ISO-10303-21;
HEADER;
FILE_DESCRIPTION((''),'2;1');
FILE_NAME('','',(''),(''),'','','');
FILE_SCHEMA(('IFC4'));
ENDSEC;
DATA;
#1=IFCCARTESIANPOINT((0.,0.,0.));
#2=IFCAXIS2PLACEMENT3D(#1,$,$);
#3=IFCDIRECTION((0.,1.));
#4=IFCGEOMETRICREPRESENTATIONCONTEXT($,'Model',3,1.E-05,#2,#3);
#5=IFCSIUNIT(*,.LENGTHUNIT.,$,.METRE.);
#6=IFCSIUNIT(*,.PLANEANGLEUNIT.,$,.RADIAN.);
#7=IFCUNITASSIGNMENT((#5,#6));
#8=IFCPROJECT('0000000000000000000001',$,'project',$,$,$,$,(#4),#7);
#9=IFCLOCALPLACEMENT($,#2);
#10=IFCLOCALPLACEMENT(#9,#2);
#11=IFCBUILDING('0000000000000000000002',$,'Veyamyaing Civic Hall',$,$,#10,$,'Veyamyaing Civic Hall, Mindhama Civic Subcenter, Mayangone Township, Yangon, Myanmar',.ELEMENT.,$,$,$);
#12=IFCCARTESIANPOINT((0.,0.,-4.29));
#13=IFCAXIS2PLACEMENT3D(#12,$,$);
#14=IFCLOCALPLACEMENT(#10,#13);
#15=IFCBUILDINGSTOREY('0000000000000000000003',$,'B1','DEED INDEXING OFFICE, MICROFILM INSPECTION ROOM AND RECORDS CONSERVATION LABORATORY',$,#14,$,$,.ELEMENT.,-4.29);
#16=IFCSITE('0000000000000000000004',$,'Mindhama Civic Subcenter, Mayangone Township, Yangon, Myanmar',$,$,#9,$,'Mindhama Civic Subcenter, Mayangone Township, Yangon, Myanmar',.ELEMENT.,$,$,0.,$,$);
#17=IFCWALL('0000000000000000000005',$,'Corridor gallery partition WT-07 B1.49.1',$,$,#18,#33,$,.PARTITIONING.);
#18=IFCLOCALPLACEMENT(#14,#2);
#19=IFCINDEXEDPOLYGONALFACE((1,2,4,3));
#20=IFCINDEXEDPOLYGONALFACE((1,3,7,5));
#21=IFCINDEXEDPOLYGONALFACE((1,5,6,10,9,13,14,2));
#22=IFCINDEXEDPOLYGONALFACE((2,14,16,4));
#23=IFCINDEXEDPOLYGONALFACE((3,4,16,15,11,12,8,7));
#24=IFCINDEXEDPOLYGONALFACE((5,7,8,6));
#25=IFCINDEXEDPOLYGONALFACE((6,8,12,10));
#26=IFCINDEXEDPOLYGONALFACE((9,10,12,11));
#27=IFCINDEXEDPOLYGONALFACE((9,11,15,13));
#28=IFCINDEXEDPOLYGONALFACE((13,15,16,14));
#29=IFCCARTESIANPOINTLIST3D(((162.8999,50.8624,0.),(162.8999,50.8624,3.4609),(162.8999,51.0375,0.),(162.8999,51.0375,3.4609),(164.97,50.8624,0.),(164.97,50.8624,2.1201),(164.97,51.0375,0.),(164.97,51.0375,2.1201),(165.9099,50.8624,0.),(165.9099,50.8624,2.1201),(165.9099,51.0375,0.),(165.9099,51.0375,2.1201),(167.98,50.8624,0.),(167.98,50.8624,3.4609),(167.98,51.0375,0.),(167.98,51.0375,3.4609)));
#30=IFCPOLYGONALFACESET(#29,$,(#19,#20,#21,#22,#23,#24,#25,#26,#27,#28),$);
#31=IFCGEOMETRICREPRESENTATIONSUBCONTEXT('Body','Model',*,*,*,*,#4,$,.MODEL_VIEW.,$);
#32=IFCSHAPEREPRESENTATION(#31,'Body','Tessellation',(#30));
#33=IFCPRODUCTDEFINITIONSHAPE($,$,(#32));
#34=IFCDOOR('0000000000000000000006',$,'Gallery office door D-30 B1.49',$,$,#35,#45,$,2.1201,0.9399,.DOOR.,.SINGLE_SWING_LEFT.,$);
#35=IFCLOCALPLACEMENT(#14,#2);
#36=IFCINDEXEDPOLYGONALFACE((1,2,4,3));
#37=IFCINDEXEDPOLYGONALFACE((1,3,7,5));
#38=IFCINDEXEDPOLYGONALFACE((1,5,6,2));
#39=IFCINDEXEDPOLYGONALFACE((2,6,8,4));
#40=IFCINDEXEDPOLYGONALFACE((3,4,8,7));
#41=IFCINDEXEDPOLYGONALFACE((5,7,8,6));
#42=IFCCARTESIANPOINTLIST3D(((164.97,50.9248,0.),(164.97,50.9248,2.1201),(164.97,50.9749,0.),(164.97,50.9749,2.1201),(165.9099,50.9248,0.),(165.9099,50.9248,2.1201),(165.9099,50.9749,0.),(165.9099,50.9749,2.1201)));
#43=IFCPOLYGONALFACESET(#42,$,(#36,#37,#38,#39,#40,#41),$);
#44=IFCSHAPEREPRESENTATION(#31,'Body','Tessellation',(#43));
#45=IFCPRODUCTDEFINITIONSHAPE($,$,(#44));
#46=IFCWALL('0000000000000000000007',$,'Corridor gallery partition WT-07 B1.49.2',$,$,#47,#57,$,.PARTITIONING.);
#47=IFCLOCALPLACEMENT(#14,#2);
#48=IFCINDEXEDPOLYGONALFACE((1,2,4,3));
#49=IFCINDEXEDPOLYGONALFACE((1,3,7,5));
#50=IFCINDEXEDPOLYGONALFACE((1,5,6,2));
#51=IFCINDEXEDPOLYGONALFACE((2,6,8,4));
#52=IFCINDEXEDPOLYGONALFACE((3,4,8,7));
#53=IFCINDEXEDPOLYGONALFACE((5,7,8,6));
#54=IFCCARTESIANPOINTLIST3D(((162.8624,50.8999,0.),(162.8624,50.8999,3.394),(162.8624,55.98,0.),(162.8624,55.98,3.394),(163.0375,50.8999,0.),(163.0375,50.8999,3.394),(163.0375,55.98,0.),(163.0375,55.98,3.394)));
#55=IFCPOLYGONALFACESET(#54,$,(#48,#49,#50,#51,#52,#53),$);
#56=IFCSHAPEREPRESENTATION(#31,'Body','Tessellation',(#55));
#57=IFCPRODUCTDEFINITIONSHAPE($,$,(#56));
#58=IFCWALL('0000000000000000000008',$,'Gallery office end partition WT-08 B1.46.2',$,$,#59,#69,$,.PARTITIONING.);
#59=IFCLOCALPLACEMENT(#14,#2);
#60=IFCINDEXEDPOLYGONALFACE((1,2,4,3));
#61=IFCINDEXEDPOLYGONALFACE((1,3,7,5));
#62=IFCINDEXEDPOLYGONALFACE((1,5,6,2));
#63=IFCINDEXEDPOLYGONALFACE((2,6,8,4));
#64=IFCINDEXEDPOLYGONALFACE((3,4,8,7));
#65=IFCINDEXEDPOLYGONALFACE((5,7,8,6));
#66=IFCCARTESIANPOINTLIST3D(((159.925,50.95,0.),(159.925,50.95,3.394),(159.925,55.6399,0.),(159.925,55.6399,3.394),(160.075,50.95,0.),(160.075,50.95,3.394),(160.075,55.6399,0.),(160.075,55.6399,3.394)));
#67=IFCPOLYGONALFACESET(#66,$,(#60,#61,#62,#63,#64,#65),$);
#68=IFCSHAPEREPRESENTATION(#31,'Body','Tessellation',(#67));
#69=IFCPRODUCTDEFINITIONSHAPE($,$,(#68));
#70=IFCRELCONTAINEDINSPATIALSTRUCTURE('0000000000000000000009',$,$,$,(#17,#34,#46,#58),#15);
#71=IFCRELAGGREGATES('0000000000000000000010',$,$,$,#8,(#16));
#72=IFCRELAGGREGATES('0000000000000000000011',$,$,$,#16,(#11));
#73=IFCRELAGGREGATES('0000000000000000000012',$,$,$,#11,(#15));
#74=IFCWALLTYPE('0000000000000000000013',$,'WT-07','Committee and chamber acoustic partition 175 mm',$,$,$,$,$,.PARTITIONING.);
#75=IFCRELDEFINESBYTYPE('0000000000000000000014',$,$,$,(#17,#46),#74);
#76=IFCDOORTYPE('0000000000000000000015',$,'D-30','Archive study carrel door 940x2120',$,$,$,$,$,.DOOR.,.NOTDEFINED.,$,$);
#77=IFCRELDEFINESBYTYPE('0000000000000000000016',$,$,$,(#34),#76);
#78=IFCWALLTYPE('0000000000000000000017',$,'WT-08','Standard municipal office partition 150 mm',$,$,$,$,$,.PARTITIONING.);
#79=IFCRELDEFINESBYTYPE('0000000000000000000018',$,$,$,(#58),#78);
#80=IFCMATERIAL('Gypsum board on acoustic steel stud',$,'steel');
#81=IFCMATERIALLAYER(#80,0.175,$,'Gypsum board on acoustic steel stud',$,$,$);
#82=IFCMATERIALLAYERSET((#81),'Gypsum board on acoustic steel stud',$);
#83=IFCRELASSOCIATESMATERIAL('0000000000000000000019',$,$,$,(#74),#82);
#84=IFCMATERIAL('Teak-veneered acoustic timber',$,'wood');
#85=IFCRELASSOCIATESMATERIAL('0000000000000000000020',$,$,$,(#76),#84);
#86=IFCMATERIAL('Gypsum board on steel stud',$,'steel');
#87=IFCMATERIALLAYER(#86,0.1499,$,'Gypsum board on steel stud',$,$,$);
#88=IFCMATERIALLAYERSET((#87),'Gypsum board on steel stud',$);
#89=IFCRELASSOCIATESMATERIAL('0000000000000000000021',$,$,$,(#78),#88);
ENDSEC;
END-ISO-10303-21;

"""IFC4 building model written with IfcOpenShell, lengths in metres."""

from ifc_helpers import new_model, si_unit, direction, frame, frame_2d, origin, place, context, subcontext, project, spatial, rectangle, extrude, material, layer, layer_set, type_object, element, fill, save


model = new_model("IFC4")

# Units and contexts
model_context = context("Model", 3, precision=1e-05, world=origin(), true_north=direction((0.0, 1.0)))
body_context = subcontext(model_context, "Body", "Model", "MODEL_VIEW")
ifc_project = project(units=[si_unit("LENGTHUNIT", "METRE"), si_unit("PLANEANGLEUNIT", "RADIAN")], contexts=[model_context])

# Site, building, storey
site_placement = place(None, origin())
site = spatial("IfcSite", under=ifc_project, at=site_placement, Name="Mindhama Civic Subcenter, Mayangone Township, Yangon, Myanmar", LongName="Mindhama Civic Subcenter, Mayangone Township, Yangon, Myanmar", CompositionType="ELEMENT", RefElevation=0.0)
building_placement = place(site_placement, origin())
building = spatial("IfcBuilding", under=site, at=building_placement, Name="Veyamyaing Civic Hall", LongName="Veyamyaing Civic Hall, Mindhama Civic Subcenter, Mayangone Township, Yangon, Myanmar", CompositionType="ELEMENT")
storey_placement = place(building_placement, frame((0.0, 0.0, -4.29)))
storey = spatial("IfcBuildingStorey", under=building, at=storey_placement, Name="B1", Description="DEED INDEXING OFFICE, MICROFILM INSPECTION ROOM AND RECORDS CONSERVATION LABORATORY", CompositionType="ELEMENT", Elevation=-4.29)

# Wall, opening, door
ifc_material_1 = material(Name="Teak-veneered acoustic timber", Category="wood")
ifc_material_2 = material(Name="Gypsum board on acoustic steel stud", Category="steel")
ifc_layer_1 = layer(ifc_material_2, 0.175, Name="Gypsum board on acoustic steel stud")
ifc_layer_set_1 = layer_set([ifc_layer_1], Name="Gypsum board on acoustic steel stud")
wall_type_1 = type_object("IfcWallType", Name="WT-07", Description="Committee and chamber acoustic partition 175 mm", PredefinedType="PARTITIONING", material=ifc_layer_set_1)
wall_1_placement = place(storey_placement, frame((162.8999, 50.95, 0.0), z_axis=(0.0, 0.0, 1.0), x_axis=(1.0, 0.0, 0.0)))
wall_1 = element("IfcWall", 1, at=wall_1_placement, inside=storey, type_object=wall_type_1, Name="Corridor gallery partition WT-07 B1.49.1", PredefinedType="PARTITIONING", context=body_context, shape_type="SweptSolid", body=[
    extrude(rectangle(XDim=5.0801, YDim=0.175, at=frame_2d((2.54, 0.0))), origin(), (0.0, 0.0, 1.0), 3.4609),
])
opening_1_placement = place(wall_1_placement, frame((2.0701, 0.0, 0.0)))
opening_1 = element("IfcOpeningElement", 2, at=opening_1_placement, cuts=wall_1, PredefinedType="OPENING", context=body_context, shape_type="SweptSolid", body=[
    extrude(rectangle(XDim=0.9399, YDim=2.1201, at=frame_2d((0.47, 1.0601))), frame((0.0, 0.0974, 0.0), z_axis=(0.0, -1.0, 0.0), x_axis=(1.0, 0.0, 0.0)), (0.0, 0.0, 1.0), 0.1951),
])
door_type_1 = type_object("IfcDoorType", Name="D-30", Description="Archive study carrel door 940x2120", OperationType="NOTDEFINED", PredefinedType="DOOR", material=ifc_material_1)
door_1_placement = place(opening_1_placement, origin())
door_1 = element("IfcDoor", 3, at=door_1_placement, inside=storey, type_object=door_type_1, Name="Gallery office door D-30 B1.49", OperationType="SINGLE_SWING_LEFT", OverallHeight=2.1201, OverallWidth=0.9399, PredefinedType="DOOR", context=body_context, shape_type="SweptSolid", body=[
    extrude(rectangle(XDim=0.9399, YDim=2.1201, at=frame_2d((0.47, 1.0601))), frame((0.0, 0.0249, 0.0), z_axis=(0.0, -1.0, 0.0), x_axis=(1.0, 0.0, 0.0)), (0.0, 0.0, 1.0), 0.05),
])
fill(opening_1, door_1)

# Walls
wall_2_placement = place(storey_placement, frame((162.95, 50.8999, 0.0), z_axis=(0.0, 0.0, 1.0), x_axis=(0.0, 1.0, 0.0)))
element("IfcWall", 4, at=wall_2_placement, inside=storey, type_object=wall_type_1, Name="Corridor gallery partition WT-07 B1.49.2", PredefinedType="PARTITIONING", context=body_context, shape_type="SweptSolid", body=[
    extrude(rectangle(XDim=5.0801, YDim=0.175, at=frame_2d((2.54, 0.0))), origin(), (0.0, 0.0, 1.0), 3.394),
])
ifc_material_3 = material(Name="Gypsum board on steel stud", Category="steel")
ifc_layer_2 = layer(ifc_material_3, 0.1499, Name="Gypsum board on steel stud")
ifc_layer_set_2 = layer_set([ifc_layer_2], Name="Gypsum board on steel stud")
wall_type_2 = type_object("IfcWallType", Name="WT-08", Description="Standard municipal office partition 150 mm", PredefinedType="PARTITIONING", material=ifc_layer_set_2)
wall_3_placement = place(storey_placement, frame((160.0, 50.95, 0.0), z_axis=(0.0, 0.0, 1.0), x_axis=(0.0, 1.0, 0.0)))
element("IfcWall", 5, at=wall_3_placement, inside=storey, type_object=wall_type_2, Name="Gallery office end partition WT-08 B1.46.2", PredefinedType="PARTITIONING", context=body_context, shape_type="SweptSolid", body=[
    extrude(rectangle(XDim=4.6899, YDim=0.1499, at=frame_2d((2.345, 0.0))), origin(), (0.0, 0.0, 1.0), 3.394),
])

save(model, "model.ifc")
